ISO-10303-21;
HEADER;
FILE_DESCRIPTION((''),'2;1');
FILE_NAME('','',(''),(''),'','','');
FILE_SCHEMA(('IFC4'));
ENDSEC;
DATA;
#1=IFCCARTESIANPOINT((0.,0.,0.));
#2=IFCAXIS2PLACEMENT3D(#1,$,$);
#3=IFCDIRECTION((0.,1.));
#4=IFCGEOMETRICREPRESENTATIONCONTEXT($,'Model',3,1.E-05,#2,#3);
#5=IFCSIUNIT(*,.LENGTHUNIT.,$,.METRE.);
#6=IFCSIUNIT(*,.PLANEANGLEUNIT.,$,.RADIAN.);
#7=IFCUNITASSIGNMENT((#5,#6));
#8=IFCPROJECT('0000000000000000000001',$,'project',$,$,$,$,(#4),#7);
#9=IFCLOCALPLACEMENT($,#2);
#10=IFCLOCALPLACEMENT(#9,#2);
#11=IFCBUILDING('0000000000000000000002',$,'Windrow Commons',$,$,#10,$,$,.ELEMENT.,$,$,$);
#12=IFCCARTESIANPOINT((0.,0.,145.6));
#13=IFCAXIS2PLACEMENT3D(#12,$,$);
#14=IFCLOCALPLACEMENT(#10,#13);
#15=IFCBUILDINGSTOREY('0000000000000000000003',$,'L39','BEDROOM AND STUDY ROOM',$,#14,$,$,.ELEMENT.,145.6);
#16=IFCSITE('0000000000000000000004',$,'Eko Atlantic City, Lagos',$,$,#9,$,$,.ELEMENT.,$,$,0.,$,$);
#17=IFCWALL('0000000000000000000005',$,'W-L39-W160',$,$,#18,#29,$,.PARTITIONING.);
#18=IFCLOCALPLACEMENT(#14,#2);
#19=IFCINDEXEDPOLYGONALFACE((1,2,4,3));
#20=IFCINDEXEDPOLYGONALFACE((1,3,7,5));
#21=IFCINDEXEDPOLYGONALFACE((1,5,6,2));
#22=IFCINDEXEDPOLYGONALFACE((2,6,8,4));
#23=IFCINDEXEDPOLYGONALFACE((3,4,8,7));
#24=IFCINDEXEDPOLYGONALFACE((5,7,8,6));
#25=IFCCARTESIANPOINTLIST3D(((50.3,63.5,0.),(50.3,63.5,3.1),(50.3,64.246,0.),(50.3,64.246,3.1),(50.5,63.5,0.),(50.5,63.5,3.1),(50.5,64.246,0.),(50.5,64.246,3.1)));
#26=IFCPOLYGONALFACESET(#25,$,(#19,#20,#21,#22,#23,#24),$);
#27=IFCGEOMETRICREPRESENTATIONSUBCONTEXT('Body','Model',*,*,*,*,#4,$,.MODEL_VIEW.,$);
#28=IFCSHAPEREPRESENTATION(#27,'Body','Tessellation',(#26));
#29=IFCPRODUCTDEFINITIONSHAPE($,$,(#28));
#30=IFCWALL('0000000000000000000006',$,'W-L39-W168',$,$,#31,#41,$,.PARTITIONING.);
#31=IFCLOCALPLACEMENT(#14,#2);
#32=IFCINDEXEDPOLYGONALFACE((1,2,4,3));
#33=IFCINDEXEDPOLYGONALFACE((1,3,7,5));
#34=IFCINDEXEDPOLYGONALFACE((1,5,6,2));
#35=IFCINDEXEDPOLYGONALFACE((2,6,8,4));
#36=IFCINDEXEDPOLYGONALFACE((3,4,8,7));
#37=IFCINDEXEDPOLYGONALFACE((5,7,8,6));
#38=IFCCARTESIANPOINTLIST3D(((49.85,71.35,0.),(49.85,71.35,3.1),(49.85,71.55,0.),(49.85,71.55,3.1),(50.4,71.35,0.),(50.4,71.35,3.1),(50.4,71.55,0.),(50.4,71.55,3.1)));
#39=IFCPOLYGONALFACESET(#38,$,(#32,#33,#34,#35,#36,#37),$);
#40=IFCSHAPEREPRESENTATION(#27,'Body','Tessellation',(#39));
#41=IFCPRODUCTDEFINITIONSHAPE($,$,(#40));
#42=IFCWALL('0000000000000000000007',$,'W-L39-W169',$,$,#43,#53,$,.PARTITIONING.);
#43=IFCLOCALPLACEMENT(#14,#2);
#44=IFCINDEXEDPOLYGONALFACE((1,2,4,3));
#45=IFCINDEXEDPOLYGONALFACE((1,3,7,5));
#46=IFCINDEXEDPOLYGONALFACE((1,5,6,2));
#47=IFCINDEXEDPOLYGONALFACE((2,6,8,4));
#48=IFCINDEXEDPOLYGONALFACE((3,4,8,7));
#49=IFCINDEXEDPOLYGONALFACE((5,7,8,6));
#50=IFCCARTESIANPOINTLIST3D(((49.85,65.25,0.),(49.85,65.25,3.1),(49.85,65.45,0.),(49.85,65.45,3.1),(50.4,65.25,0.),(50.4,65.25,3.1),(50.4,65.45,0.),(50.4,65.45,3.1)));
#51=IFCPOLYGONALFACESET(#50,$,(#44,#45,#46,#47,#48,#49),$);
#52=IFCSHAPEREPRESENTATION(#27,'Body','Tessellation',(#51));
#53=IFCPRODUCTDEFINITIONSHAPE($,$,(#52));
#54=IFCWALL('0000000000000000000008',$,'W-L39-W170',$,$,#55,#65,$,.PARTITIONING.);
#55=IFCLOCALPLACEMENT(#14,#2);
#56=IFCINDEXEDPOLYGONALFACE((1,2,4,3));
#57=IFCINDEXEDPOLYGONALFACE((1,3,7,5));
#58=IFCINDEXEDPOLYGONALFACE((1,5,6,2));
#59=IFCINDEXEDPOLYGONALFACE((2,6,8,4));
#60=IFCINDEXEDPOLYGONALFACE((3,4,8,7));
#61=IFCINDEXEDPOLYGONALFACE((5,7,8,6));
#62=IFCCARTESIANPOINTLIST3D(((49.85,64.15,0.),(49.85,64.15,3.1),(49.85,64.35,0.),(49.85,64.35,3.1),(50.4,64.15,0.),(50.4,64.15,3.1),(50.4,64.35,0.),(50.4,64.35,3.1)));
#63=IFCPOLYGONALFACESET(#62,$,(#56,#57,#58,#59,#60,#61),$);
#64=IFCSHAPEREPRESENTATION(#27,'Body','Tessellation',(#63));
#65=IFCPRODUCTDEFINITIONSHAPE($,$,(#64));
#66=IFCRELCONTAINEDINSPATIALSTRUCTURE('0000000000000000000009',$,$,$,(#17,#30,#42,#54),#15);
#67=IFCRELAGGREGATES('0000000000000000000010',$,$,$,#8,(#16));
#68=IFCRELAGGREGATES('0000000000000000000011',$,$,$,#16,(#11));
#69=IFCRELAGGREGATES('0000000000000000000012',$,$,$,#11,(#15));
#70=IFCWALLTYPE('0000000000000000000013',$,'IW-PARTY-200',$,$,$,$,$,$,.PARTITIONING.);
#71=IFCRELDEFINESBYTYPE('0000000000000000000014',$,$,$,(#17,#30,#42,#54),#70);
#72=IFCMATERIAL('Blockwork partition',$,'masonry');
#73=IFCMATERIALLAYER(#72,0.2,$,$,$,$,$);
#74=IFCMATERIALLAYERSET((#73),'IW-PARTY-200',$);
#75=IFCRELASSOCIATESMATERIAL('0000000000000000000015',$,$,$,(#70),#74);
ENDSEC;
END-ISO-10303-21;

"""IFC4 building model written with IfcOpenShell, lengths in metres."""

from ifc_helpers import new_model, si_unit, direction, frame, frame_2d, origin, place, context, subcontext, project, spatial, rectangle, extrude, material, layer, layer_set, type_object, element, save


model = new_model("IFC4")

# Units and contexts
model_context = context("Model", 3, precision=1e-05, world=origin(), true_north=direction((0.0, 1.0)))
body_context = subcontext(model_context, "Body", "Model", "MODEL_VIEW")
ifc_project = project(units=[si_unit("LENGTHUNIT", "METRE"), si_unit("PLANEANGLEUNIT", "RADIAN")], contexts=[model_context])

# Site, building, storey
site_placement = place(None, origin())
site = spatial("IfcSite", under=ifc_project, at=site_placement, Name="Eko Atlantic City, Lagos", CompositionType="ELEMENT", RefElevation=0.0)
building_placement = place(site_placement, origin())
building = spatial("IfcBuilding", under=site, at=building_placement, Name="Windrow Commons", CompositionType="ELEMENT")
storey_placement = place(building_placement, frame((0.0, 0.0, 145.6)))
storey = spatial("IfcBuildingStorey", under=building, at=storey_placement, Name="L39", Description="BEDROOM AND STUDY ROOM", CompositionType="ELEMENT", Elevation=145.6)

# Walls
ifc_material_1 = material(Name="Blockwork partition", Category="masonry")
ifc_layer_1 = layer(ifc_material_1, 0.2)
ifc_layer_set_1 = layer_set([ifc_layer_1], Name="IW-PARTY-200")
wall_type_1 = type_object("IfcWallType", Name="IW-PARTY-200", PredefinedType="PARTITIONING", material=ifc_layer_set_1)
wall_1_placement = place(storey_placement, frame((50.4, 63.5, 0.0), z_axis=(0.0, 0.0, 1.0), x_axis=(0.0, 1.0, 0.0)))
element("IfcWall", 1, at=wall_1_placement, inside=storey, type_object=wall_type_1, Name="W-L39-W160", PredefinedType="PARTITIONING", context=body_context, shape_type="SweptSolid", body=[
    extrude(rectangle(XDim=0.746, YDim=0.2, at=frame_2d((0.373, 0.0))), origin(), (0.0, 0.0, 1.0), 3.1),
])
for number, where, z_axis, x_axis, name in (
    (2, (49.85, 71.45, 0.0), (0.0, 0.0, 1.0), (1.0, 0.0, 0.0), "W-L39-W168"),
    (3, (49.85, 65.35, 0.0), (0.0, 0.0, 1.0), (1.0, 0.0, 0.0), "W-L39-W169"),
    (4, (49.85, 64.25, 0.0), (0.0, 0.0, 1.0), (1.0, 0.0, 0.0), "W-L39-W170"),
):
    element("IfcWall", number, at=place(storey_placement, frame(where, z_axis=z_axis, x_axis=x_axis)), inside=storey, type_object=wall_type_1, Name=name, PredefinedType="PARTITIONING", context=body_context, shape_type="SweptSolid", body=[
        extrude(rectangle(XDim=0.55, YDim=0.2, at=frame_2d((0.275, 0.0))), origin(), (0.0, 0.0, 1.0), 3.1),
    ])

save(model, "model.ifc")
